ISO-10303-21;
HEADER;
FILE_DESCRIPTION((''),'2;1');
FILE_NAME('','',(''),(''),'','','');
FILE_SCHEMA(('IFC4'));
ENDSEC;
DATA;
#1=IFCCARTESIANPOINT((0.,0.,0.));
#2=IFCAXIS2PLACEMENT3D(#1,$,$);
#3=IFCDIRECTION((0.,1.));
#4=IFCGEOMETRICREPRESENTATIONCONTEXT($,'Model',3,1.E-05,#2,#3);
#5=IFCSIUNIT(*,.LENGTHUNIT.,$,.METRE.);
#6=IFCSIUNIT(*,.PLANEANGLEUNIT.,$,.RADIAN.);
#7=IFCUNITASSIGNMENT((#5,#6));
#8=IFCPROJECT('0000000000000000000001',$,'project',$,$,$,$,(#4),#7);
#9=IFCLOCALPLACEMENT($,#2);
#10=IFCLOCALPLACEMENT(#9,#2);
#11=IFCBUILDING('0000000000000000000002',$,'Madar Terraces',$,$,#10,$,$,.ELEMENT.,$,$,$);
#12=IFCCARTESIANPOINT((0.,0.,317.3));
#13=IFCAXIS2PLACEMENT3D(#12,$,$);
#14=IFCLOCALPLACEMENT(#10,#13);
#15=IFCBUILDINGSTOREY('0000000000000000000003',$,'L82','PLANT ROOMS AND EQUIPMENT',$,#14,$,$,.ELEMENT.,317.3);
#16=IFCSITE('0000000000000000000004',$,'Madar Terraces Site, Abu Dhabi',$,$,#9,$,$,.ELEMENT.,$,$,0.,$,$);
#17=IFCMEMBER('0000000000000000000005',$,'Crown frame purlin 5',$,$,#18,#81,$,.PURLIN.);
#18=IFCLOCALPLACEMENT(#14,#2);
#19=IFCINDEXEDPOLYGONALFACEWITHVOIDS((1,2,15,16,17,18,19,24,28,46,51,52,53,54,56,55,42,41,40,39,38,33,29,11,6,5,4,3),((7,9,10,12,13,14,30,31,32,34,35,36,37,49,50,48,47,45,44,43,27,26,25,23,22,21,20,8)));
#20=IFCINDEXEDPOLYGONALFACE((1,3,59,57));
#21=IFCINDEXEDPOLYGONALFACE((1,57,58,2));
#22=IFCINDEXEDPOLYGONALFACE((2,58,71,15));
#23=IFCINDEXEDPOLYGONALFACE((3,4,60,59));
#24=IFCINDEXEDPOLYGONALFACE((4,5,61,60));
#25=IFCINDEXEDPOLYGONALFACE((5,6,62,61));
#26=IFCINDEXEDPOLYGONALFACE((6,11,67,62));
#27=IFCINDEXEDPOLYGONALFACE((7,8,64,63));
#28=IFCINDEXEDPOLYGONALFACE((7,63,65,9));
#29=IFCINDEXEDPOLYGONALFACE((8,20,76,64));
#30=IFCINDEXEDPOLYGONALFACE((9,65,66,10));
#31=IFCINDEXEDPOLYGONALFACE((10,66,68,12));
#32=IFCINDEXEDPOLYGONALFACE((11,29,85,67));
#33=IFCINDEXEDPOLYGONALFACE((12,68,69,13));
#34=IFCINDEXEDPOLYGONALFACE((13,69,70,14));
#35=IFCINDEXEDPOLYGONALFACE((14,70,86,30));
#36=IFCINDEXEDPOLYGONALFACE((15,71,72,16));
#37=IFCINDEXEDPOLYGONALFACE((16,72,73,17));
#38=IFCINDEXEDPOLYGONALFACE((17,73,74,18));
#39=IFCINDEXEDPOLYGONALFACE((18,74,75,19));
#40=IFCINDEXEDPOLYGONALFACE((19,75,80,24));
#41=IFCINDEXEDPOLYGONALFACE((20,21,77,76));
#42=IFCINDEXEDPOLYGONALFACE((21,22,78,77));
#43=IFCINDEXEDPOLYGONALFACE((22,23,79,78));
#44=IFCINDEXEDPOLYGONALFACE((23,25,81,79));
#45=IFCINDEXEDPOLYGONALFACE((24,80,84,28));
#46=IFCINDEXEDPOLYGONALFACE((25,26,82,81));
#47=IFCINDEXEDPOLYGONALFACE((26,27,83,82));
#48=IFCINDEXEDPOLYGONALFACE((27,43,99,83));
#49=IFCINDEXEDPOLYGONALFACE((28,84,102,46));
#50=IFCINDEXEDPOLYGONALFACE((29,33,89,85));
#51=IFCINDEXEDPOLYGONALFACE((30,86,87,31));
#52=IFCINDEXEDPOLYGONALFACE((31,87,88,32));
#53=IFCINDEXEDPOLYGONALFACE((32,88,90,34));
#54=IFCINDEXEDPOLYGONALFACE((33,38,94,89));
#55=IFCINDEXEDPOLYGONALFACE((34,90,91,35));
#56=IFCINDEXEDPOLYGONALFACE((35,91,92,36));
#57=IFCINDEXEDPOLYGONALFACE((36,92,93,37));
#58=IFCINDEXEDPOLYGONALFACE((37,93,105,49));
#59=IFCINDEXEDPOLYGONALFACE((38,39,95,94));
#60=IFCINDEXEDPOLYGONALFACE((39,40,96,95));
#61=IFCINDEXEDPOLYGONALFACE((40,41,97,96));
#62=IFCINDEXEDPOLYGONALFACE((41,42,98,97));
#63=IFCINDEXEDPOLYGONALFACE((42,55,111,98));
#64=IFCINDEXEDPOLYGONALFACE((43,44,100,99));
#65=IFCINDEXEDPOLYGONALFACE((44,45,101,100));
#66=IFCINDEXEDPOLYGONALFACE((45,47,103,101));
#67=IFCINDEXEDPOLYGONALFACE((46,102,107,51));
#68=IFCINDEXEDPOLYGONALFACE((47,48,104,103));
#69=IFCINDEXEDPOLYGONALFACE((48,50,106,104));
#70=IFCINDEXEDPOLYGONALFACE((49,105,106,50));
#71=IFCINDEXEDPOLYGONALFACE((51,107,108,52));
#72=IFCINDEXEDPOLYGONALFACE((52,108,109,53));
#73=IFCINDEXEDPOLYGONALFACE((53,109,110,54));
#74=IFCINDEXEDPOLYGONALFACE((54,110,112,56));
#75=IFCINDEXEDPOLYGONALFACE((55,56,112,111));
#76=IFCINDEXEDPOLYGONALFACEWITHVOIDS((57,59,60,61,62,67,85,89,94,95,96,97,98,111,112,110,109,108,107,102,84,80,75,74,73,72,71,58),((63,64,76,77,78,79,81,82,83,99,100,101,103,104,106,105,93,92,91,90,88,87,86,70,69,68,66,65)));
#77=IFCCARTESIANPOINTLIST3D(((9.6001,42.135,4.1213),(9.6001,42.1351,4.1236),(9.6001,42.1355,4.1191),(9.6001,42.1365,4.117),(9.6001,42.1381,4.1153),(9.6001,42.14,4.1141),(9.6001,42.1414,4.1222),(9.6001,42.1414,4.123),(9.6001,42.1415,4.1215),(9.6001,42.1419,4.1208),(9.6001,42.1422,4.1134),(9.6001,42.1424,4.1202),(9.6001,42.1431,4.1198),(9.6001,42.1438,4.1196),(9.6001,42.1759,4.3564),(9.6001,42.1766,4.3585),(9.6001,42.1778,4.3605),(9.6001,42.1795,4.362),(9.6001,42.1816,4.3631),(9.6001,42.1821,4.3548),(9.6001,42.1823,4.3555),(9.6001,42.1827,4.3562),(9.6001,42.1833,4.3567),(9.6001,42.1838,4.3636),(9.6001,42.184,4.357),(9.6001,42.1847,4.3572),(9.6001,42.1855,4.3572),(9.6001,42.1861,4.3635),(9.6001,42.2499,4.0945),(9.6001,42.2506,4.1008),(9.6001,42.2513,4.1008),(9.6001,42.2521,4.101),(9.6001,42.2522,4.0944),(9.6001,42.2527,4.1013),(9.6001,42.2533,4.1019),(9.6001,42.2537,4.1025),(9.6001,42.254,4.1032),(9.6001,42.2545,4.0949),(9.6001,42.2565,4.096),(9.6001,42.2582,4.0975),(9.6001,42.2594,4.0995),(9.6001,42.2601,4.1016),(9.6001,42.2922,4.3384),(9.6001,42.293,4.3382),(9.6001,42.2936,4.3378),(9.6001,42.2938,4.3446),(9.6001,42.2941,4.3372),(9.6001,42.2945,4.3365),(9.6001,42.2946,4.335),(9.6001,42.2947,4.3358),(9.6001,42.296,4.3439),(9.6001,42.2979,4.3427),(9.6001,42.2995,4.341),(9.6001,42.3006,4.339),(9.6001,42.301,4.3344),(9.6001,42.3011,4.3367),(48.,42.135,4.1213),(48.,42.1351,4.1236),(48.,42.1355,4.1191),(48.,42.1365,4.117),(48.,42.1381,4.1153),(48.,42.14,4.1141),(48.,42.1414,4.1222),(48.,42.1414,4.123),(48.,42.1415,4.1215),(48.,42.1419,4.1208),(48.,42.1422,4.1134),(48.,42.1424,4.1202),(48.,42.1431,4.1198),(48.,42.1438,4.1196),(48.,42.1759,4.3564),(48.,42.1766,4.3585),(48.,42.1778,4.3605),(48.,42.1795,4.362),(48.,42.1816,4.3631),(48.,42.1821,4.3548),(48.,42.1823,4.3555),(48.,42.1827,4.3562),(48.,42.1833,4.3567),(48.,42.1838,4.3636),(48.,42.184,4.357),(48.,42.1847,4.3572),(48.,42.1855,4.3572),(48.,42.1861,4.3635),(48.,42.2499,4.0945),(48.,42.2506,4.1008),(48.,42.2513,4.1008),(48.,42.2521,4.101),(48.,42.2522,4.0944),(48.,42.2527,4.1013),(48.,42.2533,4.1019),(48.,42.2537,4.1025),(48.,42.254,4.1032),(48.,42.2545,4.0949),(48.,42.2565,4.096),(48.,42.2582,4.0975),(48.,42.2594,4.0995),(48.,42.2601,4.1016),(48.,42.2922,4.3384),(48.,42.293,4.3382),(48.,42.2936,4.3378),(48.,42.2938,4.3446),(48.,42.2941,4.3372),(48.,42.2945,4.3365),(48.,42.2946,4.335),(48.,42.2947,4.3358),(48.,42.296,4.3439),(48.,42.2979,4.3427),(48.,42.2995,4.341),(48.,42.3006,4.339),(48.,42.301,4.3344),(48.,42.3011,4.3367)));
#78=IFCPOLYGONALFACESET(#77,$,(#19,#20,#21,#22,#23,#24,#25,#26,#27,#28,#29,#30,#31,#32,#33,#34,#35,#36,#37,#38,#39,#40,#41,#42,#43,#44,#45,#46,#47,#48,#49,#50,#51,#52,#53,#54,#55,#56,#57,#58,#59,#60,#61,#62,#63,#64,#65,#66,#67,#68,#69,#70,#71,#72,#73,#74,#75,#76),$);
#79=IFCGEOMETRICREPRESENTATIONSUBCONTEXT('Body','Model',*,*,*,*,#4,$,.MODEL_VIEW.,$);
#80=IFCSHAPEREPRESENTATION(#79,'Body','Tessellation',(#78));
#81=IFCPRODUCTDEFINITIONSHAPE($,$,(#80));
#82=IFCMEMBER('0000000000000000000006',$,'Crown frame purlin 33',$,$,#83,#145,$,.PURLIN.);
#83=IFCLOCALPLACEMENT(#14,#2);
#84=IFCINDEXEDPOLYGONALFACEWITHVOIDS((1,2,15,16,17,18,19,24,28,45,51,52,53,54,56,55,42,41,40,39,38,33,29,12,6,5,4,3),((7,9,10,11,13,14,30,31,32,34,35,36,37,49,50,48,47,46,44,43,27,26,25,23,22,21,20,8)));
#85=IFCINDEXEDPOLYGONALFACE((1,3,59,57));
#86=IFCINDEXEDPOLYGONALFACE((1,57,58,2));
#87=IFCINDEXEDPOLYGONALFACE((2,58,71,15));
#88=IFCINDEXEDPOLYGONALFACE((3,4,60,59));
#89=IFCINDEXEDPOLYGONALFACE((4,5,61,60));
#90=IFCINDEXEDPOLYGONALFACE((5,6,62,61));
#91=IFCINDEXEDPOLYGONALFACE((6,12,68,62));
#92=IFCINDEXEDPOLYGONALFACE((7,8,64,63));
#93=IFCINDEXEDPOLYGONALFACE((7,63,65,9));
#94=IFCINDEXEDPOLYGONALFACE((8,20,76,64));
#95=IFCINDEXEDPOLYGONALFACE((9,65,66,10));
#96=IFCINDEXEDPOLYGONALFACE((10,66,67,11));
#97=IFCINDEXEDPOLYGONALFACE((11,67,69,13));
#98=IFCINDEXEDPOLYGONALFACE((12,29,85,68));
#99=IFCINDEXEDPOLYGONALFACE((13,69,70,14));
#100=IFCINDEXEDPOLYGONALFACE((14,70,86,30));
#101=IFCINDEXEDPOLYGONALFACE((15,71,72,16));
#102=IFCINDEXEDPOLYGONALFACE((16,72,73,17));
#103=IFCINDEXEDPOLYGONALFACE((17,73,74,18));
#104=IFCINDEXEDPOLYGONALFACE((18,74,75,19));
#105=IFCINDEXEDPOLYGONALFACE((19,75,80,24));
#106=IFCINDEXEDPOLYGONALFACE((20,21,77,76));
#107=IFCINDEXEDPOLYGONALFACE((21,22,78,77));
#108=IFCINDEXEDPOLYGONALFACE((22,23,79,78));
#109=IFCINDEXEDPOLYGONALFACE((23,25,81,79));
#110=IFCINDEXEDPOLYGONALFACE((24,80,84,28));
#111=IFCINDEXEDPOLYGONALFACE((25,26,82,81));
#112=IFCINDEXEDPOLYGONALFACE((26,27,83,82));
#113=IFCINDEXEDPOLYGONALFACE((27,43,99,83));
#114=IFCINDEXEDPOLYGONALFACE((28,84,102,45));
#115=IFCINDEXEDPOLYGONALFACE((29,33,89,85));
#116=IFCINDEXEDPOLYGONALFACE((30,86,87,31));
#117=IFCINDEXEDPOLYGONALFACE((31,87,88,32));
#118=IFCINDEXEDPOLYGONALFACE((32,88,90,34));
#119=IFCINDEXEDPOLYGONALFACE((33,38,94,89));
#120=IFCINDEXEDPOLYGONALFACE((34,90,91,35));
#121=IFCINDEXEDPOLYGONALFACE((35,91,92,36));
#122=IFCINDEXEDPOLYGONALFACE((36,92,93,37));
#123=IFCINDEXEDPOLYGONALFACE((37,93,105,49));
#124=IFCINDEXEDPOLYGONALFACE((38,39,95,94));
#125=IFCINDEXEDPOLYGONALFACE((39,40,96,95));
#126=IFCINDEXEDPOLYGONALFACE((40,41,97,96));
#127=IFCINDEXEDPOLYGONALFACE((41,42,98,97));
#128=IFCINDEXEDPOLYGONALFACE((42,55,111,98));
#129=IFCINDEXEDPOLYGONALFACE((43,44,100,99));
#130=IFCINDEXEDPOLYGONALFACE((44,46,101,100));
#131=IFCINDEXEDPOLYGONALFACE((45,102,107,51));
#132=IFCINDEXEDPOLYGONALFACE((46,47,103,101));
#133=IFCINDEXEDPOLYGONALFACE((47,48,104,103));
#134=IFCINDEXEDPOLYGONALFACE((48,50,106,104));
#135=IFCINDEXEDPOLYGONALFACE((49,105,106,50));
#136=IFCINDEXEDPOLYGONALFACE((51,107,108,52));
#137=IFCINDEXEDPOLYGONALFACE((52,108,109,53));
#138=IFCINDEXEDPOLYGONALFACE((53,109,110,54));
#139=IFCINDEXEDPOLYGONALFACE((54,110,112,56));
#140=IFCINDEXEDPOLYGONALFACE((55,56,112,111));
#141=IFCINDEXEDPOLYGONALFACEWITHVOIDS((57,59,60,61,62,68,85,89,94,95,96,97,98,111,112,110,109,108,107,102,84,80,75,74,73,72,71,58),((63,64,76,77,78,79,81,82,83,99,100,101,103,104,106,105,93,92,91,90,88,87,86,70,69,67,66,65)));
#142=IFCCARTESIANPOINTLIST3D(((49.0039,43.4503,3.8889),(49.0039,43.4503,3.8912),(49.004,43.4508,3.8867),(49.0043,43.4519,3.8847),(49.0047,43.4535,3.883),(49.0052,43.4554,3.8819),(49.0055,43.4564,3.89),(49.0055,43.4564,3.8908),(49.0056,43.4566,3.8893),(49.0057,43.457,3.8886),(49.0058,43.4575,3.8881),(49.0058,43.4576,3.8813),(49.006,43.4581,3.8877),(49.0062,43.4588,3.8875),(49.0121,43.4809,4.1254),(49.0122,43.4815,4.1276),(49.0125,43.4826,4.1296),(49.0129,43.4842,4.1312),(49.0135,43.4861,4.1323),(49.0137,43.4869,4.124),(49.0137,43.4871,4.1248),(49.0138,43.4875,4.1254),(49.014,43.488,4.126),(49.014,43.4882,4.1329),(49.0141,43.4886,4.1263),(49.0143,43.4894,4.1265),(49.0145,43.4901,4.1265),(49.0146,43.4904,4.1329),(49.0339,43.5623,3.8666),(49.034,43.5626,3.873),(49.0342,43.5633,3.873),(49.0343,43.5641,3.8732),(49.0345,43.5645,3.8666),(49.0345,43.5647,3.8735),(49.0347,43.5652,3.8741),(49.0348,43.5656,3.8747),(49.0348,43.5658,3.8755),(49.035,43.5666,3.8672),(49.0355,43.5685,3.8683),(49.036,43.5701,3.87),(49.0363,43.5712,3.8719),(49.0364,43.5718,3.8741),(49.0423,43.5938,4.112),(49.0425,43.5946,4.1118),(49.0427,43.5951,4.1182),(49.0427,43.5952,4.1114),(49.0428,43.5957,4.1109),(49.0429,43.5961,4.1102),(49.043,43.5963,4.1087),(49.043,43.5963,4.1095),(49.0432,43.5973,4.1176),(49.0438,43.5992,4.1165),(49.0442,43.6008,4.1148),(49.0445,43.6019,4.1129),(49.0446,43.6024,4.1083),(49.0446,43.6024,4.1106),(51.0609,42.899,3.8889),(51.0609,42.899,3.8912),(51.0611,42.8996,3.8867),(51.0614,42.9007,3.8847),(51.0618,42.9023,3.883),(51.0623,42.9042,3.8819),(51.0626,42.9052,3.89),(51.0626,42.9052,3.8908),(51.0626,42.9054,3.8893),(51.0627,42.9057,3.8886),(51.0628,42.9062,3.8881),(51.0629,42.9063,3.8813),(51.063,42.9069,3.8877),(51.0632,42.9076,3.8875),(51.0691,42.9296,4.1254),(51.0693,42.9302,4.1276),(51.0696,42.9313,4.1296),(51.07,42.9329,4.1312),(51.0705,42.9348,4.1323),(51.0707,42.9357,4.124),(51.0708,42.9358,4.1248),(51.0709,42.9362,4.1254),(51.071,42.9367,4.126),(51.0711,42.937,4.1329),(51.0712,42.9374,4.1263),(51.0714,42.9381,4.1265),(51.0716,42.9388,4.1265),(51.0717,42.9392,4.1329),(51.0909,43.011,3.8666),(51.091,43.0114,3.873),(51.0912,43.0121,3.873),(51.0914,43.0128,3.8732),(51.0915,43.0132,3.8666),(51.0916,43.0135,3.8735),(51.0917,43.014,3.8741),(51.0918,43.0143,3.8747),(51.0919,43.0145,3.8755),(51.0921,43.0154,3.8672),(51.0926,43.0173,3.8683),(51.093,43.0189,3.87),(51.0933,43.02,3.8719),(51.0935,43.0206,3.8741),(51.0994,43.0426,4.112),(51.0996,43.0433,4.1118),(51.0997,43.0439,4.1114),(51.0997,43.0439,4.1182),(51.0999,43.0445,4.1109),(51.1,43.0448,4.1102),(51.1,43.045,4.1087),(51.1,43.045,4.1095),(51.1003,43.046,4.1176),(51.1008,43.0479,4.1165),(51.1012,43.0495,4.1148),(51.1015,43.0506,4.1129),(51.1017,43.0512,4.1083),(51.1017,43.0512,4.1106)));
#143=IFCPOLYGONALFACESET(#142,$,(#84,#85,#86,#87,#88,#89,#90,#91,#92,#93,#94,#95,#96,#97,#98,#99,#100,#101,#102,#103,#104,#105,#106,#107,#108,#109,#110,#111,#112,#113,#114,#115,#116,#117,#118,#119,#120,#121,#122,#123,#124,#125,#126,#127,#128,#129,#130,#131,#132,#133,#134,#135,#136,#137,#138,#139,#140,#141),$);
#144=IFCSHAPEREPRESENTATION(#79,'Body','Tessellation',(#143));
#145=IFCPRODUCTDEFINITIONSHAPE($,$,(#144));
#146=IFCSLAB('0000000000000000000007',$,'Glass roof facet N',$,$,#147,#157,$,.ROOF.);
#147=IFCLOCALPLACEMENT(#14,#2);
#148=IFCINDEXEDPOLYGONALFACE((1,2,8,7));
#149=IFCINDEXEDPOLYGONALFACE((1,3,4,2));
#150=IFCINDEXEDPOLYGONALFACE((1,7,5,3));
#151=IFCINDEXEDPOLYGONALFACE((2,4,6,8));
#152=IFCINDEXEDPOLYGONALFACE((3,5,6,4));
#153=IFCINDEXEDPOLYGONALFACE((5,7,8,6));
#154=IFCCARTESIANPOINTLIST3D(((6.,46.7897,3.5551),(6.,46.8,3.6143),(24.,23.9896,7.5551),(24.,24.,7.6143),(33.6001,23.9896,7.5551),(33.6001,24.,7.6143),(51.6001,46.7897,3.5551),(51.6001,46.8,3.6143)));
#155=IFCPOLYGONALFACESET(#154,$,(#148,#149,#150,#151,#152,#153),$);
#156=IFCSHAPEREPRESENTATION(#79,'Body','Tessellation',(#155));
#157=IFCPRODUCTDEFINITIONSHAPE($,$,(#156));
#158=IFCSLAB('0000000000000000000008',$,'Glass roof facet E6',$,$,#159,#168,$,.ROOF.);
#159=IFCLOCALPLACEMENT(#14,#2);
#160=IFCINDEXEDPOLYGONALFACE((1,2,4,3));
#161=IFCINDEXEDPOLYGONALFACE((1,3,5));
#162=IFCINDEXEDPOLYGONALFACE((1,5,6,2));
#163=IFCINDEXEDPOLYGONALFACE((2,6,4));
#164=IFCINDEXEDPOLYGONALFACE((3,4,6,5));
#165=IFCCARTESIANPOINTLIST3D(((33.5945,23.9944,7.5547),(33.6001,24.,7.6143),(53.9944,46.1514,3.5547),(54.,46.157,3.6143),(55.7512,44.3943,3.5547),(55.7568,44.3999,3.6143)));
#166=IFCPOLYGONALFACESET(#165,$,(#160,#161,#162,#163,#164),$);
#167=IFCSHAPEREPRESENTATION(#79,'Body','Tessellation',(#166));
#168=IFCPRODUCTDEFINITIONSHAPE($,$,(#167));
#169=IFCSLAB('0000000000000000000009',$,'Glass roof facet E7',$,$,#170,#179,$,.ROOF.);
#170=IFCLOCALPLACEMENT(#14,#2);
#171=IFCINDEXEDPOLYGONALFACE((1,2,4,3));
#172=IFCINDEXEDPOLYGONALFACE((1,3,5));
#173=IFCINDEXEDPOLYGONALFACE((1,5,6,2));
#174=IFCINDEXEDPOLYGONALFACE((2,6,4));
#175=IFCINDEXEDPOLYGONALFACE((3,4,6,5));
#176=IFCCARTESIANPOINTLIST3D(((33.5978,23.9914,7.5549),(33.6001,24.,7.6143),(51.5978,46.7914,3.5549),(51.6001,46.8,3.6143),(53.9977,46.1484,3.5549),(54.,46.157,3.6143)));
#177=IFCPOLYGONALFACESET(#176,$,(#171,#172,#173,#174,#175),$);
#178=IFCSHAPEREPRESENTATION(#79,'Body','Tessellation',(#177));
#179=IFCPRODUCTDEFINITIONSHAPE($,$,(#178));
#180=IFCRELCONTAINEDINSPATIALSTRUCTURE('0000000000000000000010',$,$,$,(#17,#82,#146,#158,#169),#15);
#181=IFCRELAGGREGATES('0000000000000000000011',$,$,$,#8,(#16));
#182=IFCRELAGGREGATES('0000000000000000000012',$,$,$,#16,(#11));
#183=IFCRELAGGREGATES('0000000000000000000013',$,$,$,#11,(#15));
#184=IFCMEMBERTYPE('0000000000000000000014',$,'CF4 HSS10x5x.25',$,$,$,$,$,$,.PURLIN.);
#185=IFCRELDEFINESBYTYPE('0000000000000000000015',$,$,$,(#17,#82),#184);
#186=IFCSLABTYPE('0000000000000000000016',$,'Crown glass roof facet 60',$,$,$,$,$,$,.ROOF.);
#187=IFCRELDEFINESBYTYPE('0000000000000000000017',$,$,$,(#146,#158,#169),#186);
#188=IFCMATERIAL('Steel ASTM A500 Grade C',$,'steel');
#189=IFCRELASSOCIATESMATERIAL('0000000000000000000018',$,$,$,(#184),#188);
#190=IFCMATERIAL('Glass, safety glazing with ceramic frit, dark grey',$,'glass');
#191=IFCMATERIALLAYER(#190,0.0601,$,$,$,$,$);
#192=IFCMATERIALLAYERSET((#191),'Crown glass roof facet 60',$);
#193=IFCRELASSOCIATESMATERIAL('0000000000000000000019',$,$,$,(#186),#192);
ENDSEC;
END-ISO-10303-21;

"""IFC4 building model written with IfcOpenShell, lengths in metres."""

from ifc_helpers import new_model, si_unit, direction, frame, origin, origin_2d, place, context, subcontext, project, spatial, polyline, hollow_rectangle, outline, extrude, material, layer, layer_set, material_profile, profile_set, type_object, element, save


model = new_model("IFC4")

# Units and contexts
model_context = context("Model", 3, precision=1e-05, world=origin(), true_north=direction((0.0, 1.0)))
body_context = subcontext(model_context, "Body", "Model", "MODEL_VIEW")
ifc_project = project(units=[si_unit("LENGTHUNIT", "METRE"), si_unit("PLANEANGLEUNIT", "RADIAN")], contexts=[model_context])

# Site, building, storey
site_placement = place(None, origin())
site = spatial("IfcSite", under=ifc_project, at=site_placement, Name="Madar Terraces Site, Abu Dhabi", CompositionType="ELEMENT", RefElevation=0.0)
building_placement = place(site_placement, origin())
building = spatial("IfcBuilding", under=site, at=building_placement, Name="Madar Terraces", CompositionType="ELEMENT")
storey_placement = place(building_placement, frame((0.0, 0.0, 317.3)))
storey = spatial("IfcBuildingStorey", under=building, at=storey_placement, Name="L82", Description="PLANT ROOMS AND EQUIPMENT", CompositionType="ELEMENT", Elevation=317.3)

# Members
ifc_material_1 = material(Name="Steel ASTM A500 Grade C", Category="steel")
ifc_material_profile_1 = material_profile(ifc_material_1, hollow_rectangle(XDim=0.127, YDim=0.2539, WallThickness=0.0063, InnerFilletRadius=0.0029, OuterFilletRadius=0.0088, at=origin_2d()), Name="HSS10x5x.25")
ifc_profile_set_1 = profile_set([ifc_material_profile_1], Name="Steel ASTM A500 Grade C")
member_type_1 = type_object("IfcMemberType", Name="CF4 HSS10x5x.25", PredefinedType="PURLIN", material=ifc_profile_set_1)
member_1_placement = place(storey_placement, frame((48.0, 42.218, 4.229), z_axis=(-1.0, 0.0, 0.0), x_axis=(0.0, -0.984957, 0.172799)))
element("IfcMember", 1, at=member_1_placement, inside=storey, type_object=member_type_1, Name="Crown frame purlin 5", PredefinedType="PURLIN", context=body_context, shape_type="SweptSolid", body=[
    extrude(hollow_rectangle(XDim=0.127, YDim=0.2539, WallThickness=0.0063, InnerFilletRadius=0.0029, OuterFilletRadius=0.0088, at=origin_2d()), origin(), (0.0, 0.0, 1.0), 38.3999),
])
member_2_placement = place(storey_placement, frame((51.0813, 42.9751, 3.9998), z_axis=(-0.965918, 0.258847, 0.0), x_axis=(-0.256509, -0.957196, 0.134086)))
element("IfcMember", 2, at=member_2_placement, inside=storey, type_object=member_type_1, Name="Crown frame purlin 33", PredefinedType="PURLIN", context=body_context, shape_type="SweptSolid", body=[
    extrude(hollow_rectangle(XDim=0.127, YDim=0.2539, WallThickness=0.0063, InnerFilletRadius=0.0029, OuterFilletRadius=0.0088, at=origin_2d()), origin(), (0.0, 0.0, 1.0), 2.1296),
])

# Slabs
ifc_material_2 = material(Name="Glass, safety glazing with ceramic frit, dark grey", Category="glass")
ifc_layer = layer(ifc_material_2, 0.0601)
ifc_layer_set = layer_set([ifc_layer], Name="Crown glass roof facet 60")
slab_type = type_object("IfcSlabType", Name="Crown glass roof facet 60", PredefinedType="ROOF", material=ifc_layer_set)
slab_1_placement = place(storey_placement, frame((51.6001, 46.8, 3.6143), z_axis=(0.0, 0.172799, 0.984957), x_axis=(-1.0, 0.0, 0.0)))
element("IfcSlab", 3, at=slab_1_placement, inside=storey, type_object=slab_type, Name="Glass roof facet N", PredefinedType="ROOF", context=body_context, shape_type="SweptSolid", body=[
    extrude(outline(polyline([(0.0, 0.0), (45.6001, 0.0), (27.6001, 23.1483), (18.0, 23.1483), (0.0, 0.0)])), origin(), (0.0, 0.0, -1.0), 0.0601),
])
slab_2_placement = place(storey_placement, frame((55.7568, 44.3999, 3.6143), z_axis=(0.093179, 0.093166, 0.991281), x_axis=(-0.707058, 0.707156, 0.0)))
element("IfcSlab", 4, at=slab_2_placement, inside=storey, type_object=slab_type, Name="Glass roof facet E6", PredefinedType="ROOF", context=body_context, shape_type="SweptSolid", body=[
    extrude(outline(polyline([(0.0, 0.0), (2.4847, 0.0), (1.2402, 30.3569), (0.0, 0.0)])), origin(), (0.0, 0.0, -1.0), 0.0601),
])
slab_3_placement = place(storey_placement, frame((54.0, 46.157, 3.6143), z_axis=(0.038373, 0.143205, 0.988949), x_axis=(-0.965924, 0.258824, 0.0)))
element("IfcSlab", 5, at=slab_3_placement, inside=storey, type_object=slab_type, Name="Glass roof facet E7", PredefinedType="ROOF", context=body_context, shape_type="SweptSolid", body=[
    extrude(outline(polyline([(0.0, 0.0), (2.4846, 0.0), (13.97, 26.9801), (0.0, 0.0)])), origin(), (0.0, 0.0, -1.0), 0.0601),
])

save(model, "model.ifc")
